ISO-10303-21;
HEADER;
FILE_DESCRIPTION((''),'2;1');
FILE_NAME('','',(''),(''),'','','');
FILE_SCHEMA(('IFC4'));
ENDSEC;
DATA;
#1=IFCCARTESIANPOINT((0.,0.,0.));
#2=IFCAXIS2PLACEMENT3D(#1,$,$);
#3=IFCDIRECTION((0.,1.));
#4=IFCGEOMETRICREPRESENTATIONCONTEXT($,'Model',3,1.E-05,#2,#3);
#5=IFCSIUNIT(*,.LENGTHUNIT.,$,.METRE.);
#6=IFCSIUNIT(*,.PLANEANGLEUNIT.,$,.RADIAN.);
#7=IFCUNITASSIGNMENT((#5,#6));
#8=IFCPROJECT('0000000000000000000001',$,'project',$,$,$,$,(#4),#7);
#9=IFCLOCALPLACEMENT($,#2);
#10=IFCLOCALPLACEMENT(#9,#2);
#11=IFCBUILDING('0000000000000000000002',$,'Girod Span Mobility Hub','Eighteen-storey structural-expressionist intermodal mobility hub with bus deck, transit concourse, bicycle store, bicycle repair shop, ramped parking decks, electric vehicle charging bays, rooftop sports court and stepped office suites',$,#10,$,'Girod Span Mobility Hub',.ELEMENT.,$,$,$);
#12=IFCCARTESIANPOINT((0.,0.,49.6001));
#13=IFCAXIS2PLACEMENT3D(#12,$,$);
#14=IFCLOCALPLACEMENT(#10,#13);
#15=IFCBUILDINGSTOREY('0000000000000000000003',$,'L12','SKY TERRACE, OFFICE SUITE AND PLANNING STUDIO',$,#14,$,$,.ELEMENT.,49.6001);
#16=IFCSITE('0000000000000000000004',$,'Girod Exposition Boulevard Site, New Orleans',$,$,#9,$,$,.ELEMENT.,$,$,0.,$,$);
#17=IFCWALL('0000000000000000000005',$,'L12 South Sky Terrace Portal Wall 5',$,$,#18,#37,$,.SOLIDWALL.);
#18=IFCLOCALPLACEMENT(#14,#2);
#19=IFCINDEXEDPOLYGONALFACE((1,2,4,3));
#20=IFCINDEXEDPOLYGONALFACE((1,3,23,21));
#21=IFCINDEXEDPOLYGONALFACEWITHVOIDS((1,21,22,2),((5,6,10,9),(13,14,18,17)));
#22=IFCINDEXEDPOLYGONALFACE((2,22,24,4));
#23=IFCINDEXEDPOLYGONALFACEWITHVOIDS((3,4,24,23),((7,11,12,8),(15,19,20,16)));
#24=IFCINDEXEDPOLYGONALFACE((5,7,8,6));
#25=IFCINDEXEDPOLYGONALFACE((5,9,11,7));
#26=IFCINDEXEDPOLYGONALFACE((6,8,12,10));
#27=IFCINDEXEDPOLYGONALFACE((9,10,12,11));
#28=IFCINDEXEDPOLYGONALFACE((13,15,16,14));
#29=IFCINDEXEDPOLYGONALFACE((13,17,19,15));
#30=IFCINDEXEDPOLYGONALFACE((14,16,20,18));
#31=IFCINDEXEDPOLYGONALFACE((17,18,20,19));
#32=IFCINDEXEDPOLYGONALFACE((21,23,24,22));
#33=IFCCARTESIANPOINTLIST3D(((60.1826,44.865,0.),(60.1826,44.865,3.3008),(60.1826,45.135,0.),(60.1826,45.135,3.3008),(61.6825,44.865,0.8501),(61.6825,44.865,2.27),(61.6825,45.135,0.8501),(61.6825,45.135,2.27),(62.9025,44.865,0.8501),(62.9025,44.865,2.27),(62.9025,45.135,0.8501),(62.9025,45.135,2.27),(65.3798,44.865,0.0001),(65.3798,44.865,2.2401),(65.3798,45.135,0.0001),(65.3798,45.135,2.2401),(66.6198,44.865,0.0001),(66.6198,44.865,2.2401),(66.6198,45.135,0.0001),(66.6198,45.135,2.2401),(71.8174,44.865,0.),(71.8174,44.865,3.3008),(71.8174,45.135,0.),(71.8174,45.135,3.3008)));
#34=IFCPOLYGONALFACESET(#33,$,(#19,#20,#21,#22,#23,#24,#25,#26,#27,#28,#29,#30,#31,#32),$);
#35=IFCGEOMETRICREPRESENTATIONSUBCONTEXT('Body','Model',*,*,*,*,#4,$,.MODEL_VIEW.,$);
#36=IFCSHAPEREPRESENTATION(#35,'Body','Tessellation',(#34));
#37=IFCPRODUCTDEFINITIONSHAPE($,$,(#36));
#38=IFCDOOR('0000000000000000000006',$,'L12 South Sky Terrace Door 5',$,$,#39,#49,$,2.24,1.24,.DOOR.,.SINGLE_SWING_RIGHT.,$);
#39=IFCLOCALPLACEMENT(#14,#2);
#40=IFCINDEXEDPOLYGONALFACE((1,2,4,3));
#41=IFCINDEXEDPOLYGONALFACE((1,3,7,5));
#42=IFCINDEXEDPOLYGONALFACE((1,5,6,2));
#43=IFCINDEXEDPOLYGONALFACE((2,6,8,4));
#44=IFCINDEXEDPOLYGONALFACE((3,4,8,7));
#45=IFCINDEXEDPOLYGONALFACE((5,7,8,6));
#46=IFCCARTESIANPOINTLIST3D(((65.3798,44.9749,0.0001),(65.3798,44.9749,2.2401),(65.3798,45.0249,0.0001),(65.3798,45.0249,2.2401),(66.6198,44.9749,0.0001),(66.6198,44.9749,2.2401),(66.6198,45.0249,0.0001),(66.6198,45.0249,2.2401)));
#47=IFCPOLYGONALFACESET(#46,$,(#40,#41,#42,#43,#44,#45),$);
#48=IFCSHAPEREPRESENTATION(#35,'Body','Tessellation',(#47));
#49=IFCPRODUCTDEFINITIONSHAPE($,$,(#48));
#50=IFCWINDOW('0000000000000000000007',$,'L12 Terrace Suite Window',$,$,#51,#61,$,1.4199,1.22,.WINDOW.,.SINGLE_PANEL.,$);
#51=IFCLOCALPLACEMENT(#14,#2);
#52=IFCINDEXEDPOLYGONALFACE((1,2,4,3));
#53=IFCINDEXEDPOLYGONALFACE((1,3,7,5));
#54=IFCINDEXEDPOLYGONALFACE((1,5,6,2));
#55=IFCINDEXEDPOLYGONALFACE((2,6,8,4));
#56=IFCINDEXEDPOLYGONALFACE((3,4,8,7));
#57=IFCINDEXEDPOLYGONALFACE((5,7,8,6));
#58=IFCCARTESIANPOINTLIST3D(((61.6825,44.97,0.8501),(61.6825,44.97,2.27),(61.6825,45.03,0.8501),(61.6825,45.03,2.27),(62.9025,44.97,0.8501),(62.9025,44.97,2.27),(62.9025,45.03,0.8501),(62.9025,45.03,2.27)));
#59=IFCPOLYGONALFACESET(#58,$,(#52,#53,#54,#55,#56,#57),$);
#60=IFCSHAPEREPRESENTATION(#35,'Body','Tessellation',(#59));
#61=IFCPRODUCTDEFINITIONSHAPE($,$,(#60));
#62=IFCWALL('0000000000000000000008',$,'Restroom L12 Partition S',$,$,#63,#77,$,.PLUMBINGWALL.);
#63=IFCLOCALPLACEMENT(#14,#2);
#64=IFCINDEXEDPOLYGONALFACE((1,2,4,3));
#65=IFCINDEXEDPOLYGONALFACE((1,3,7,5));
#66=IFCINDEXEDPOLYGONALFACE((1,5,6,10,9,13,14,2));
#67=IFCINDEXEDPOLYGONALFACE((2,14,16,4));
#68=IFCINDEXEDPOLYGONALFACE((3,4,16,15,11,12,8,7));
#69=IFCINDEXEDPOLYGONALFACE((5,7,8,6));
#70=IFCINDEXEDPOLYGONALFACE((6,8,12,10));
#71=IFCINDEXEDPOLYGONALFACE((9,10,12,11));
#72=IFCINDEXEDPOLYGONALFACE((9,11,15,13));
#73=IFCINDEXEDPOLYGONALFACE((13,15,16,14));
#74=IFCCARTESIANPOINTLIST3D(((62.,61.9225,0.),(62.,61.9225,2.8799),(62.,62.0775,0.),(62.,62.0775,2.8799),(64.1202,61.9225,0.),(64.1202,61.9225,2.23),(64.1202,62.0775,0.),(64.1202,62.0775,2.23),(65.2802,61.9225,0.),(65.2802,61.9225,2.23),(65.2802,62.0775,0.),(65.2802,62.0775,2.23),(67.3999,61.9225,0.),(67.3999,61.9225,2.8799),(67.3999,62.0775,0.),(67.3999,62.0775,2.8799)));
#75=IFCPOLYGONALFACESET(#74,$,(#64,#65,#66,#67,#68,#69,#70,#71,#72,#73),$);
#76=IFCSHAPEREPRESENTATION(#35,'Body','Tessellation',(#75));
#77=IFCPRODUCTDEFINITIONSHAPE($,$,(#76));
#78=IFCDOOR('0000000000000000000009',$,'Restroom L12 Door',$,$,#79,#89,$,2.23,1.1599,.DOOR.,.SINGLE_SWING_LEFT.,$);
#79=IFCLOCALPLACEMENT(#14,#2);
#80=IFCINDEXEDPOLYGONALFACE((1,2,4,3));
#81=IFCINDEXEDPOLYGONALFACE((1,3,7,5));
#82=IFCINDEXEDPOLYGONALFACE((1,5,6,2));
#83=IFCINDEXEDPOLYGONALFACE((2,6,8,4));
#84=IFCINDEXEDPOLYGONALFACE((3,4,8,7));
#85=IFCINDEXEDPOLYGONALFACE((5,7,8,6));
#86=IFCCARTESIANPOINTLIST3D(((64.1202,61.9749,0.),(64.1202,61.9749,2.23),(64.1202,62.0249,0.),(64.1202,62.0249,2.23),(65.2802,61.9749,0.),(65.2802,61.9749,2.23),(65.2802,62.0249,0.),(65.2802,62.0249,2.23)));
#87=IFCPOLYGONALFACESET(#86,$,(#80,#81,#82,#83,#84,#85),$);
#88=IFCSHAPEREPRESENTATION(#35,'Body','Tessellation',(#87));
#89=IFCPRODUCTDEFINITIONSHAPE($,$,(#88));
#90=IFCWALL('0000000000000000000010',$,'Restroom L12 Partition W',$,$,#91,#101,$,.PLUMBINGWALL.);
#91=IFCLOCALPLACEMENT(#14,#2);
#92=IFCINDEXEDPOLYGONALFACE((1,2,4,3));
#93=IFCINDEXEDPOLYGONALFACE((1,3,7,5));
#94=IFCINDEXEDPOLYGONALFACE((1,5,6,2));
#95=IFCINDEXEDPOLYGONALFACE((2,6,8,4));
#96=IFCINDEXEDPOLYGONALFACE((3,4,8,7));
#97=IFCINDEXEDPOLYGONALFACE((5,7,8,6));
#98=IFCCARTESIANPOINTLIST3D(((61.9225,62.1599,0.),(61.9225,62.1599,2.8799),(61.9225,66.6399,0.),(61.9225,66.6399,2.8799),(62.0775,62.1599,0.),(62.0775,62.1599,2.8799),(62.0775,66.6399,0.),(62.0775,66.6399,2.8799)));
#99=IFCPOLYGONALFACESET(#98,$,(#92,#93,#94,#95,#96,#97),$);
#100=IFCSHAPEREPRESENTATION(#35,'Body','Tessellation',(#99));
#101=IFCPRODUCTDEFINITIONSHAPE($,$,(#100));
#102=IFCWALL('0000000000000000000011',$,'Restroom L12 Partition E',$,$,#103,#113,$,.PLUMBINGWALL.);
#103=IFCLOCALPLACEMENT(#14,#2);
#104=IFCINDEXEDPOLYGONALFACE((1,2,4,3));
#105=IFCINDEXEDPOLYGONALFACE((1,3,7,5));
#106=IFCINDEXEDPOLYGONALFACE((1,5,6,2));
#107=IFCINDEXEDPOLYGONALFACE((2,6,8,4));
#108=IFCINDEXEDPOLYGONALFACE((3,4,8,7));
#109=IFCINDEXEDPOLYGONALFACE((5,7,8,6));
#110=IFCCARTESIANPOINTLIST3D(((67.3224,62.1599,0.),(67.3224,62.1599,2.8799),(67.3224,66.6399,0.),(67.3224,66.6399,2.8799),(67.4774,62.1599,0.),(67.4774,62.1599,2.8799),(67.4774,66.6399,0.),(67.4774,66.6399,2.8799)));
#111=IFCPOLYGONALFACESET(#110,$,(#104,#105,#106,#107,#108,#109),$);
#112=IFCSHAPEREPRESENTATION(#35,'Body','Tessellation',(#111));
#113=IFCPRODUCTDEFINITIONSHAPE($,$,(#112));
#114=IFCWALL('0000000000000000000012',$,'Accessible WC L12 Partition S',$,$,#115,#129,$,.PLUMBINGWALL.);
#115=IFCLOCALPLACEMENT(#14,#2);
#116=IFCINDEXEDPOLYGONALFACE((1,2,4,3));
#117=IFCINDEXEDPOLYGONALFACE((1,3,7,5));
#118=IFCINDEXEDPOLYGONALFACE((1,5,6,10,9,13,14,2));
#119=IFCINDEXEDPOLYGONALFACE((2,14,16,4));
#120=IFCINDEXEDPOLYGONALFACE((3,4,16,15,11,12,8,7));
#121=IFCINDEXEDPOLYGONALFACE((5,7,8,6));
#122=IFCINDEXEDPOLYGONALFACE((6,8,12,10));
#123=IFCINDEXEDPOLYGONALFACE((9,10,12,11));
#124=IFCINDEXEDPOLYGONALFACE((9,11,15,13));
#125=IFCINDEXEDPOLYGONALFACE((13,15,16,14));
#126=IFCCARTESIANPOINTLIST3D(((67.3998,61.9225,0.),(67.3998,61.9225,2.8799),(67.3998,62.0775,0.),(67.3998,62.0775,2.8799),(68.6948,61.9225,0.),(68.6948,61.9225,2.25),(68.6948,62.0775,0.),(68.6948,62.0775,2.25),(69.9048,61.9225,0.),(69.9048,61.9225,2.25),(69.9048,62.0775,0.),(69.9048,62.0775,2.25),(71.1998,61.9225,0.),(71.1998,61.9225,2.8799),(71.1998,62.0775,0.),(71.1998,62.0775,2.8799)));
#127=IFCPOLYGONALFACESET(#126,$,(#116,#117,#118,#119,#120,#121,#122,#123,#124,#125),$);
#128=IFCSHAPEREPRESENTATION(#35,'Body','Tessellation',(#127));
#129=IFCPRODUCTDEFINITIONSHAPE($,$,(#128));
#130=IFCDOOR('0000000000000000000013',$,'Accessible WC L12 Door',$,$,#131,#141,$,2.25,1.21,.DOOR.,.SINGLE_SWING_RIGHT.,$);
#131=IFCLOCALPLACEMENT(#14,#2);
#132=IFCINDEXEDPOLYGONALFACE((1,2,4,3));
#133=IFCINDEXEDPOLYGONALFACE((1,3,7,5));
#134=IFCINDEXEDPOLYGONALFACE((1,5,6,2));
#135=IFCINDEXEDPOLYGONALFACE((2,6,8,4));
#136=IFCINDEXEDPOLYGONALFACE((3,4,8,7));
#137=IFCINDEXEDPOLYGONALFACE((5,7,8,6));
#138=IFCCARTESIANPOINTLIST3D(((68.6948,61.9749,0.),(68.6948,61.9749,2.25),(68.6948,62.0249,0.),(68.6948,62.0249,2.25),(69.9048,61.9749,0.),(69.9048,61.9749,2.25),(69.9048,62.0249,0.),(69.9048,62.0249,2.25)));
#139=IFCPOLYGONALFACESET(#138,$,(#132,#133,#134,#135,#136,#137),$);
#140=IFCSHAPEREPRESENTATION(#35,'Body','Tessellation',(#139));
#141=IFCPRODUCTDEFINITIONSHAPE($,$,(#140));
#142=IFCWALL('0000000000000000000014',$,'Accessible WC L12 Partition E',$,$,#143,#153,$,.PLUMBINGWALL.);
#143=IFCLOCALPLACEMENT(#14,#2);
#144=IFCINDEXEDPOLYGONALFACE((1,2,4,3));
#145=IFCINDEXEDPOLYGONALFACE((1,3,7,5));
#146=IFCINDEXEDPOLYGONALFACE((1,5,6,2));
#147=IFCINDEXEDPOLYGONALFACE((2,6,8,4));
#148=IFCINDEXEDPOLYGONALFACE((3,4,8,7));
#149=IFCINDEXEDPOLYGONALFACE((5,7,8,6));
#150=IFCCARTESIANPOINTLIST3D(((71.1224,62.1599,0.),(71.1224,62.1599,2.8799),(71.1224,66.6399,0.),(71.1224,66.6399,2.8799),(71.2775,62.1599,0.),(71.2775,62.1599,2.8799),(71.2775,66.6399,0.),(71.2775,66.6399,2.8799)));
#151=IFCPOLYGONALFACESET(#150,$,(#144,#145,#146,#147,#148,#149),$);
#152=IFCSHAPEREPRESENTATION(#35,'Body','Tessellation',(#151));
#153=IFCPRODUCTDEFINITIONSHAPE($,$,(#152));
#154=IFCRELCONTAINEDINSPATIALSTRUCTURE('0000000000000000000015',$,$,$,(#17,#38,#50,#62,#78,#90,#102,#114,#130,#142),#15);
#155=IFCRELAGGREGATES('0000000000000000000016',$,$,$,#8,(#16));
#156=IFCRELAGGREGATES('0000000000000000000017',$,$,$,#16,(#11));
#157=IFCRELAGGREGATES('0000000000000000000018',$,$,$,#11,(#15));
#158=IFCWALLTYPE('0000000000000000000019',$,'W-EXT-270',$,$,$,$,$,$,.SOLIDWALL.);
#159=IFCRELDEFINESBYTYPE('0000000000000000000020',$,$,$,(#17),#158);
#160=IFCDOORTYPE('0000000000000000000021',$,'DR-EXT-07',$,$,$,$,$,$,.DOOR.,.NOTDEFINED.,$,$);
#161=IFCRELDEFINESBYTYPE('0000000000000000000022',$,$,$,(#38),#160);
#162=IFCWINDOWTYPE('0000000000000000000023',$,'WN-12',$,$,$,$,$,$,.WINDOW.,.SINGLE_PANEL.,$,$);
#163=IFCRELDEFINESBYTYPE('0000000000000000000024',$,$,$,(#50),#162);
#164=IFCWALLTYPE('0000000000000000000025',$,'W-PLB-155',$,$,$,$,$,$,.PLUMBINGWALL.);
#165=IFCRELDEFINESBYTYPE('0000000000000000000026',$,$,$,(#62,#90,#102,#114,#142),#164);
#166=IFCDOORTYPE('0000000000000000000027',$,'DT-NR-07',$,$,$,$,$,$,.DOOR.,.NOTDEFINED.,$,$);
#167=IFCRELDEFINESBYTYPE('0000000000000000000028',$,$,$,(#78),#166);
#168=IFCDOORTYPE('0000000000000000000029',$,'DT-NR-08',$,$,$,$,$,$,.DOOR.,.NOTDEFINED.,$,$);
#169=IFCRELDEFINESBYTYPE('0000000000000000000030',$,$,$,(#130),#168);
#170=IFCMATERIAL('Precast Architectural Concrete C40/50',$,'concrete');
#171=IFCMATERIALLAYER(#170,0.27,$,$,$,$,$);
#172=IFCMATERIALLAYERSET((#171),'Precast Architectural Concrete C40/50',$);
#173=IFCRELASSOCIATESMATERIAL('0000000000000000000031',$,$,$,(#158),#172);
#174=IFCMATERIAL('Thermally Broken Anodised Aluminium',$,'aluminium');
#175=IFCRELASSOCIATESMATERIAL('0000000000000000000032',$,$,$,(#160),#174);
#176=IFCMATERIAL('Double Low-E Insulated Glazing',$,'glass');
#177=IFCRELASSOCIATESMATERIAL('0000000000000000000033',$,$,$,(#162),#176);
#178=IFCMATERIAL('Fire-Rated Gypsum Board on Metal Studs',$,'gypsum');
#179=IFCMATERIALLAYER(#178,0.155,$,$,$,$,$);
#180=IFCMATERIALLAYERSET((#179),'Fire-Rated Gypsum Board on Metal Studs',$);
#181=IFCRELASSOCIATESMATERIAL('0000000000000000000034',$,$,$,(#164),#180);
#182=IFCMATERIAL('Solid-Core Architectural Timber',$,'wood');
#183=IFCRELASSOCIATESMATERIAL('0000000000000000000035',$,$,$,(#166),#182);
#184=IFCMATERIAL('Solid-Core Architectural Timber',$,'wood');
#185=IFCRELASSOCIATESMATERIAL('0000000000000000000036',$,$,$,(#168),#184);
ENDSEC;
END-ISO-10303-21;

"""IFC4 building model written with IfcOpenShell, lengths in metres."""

from ifc_helpers import new_model, si_unit, direction, frame, frame_2d, origin, place, context, subcontext, project, spatial, rectangle, extrude, material, layer, layer_set, type_object, element, fill, save


model = new_model("IFC4")

# Units and contexts
model_context = context("Model", 3, precision=1e-05, world=origin(), true_north=direction((0.0, 1.0)))
body_context = subcontext(model_context, "Body", "Model", "MODEL_VIEW")
ifc_project = project(units=[si_unit("LENGTHUNIT", "METRE"), si_unit("PLANEANGLEUNIT", "RADIAN")], contexts=[model_context])

# Site, building, storey
site_placement = place(None, origin())
site = spatial("IfcSite", under=ifc_project, at=site_placement, Name="Girod Exposition Boulevard Site, New Orleans", CompositionType="ELEMENT", RefElevation=0.0)
building_placement = place(site_placement, origin())
building = spatial("IfcBuilding", under=site, at=building_placement, Name="Girod Span Mobility Hub", Description="Eighteen-storey structural-expressionist intermodal mobility hub with bus deck, transit concourse, bicycle store, bicycle repair shop, ramped parking decks, electric vehicle charging bays, rooftop sports court and stepped office suites", LongName="Girod Span Mobility Hub", CompositionType="ELEMENT")
storey_placement = place(building_placement, frame((0.0, 0.0, 49.6001)))
storey = spatial("IfcBuildingStorey", under=building, at=storey_placement, Name="L12", Description="SKY TERRACE, OFFICE SUITE AND PLANNING STUDIO", CompositionType="ELEMENT", Elevation=49.6001)

# Wall, openings, door, window
ifc_material_1 = material(Name="Precast Architectural Concrete C40/50", Category="concrete")
ifc_layer_1 = layer(ifc_material_1, 0.27)
ifc_layer_set_1 = layer_set([ifc_layer_1], Name="Precast Architectural Concrete C40/50")
wall_type_1 = type_object("IfcWallType", Name="W-EXT-270", PredefinedType="SOLIDWALL", material=ifc_layer_set_1)
wall_1_placement = place(storey_placement, frame((60.1826, 45.0, 0.0), z_axis=(0.0, 0.0, 1.0), x_axis=(1.0, 0.0, 0.0)))
wall_1 = element("IfcWall", 1, at=wall_1_placement, inside=storey, type_object=wall_type_1, Name="L12 South Sky Terrace Portal Wall 5", PredefinedType="SOLIDWALL", context=body_context, shape_type="SweptSolid", body=[
    extrude(rectangle(XDim=11.6348, YDim=0.27, at=frame_2d((5.8174, 0.0))), origin(), (0.0, 0.0, 1.0), 3.3008),
])
opening_1_placement = place(wall_1_placement, frame((5.197, 0.0, 0.0)))
opening_1 = element("IfcOpeningElement", 2, at=opening_1_placement, cuts=wall_1, PredefinedType="OPENING", context=body_context, shape_type="SweptSolid", body=[
    extrude(rectangle(XDim=1.24, YDim=2.24, at=frame_2d((0.6201, 1.1201))), frame((0.0, 0.1499, 0.0), z_axis=(0.0, -1.0, 0.0), x_axis=(1.0, 0.0, 0.0)), (0.0, 0.0, 1.0), 0.3),
])
opening_2_placement = place(wall_1_placement, frame((1.5, 0.0, 0.8501)))
opening_2 = element("IfcOpeningElement", 3, at=opening_2_placement, cuts=wall_1, PredefinedType="OPENING", context=body_context, shape_type="SweptSolid", body=[
    extrude(rectangle(XDim=1.22, YDim=1.4199, at=frame_2d((0.6099, 0.71))), frame((0.0, 0.1499, 0.0), z_axis=(0.0, -1.0, 0.0), x_axis=(1.0, 0.0, 0.0)), (0.0, 0.0, 1.0), 0.3),
])
ifc_material_2 = material(Name="Thermally Broken Anodised Aluminium", Category="aluminium")
door_type_1 = type_object("IfcDoorType", Name="DR-EXT-07", OperationType="NOTDEFINED", PredefinedType="DOOR", material=ifc_material_2)
door_1_placement = place(opening_1_placement, origin())
door_1 = element("IfcDoor", 4, at=door_1_placement, inside=storey, type_object=door_type_1, Name="L12 South Sky Terrace Door 5", OperationType="SINGLE_SWING_RIGHT", OverallHeight=2.24, OverallWidth=1.24, PredefinedType="DOOR", context=body_context, shape_type="SweptSolid", body=[
    extrude(rectangle(XDim=1.24, YDim=2.24, at=frame_2d((0.6201, 1.1201))), frame((0.0, 0.0249, 0.0), z_axis=(0.0, -1.0, 0.0), x_axis=(1.0, 0.0, 0.0)), (0.0, 0.0, 1.0), 0.05),
])
fill(opening_1, door_1)
ifc_material_3 = material(Name="Double Low-E Insulated Glazing", Category="glass")
window_type = type_object("IfcWindowType", Name="WN-12", PartitioningType="SINGLE_PANEL", PredefinedType="WINDOW", material=ifc_material_3)
window_placement = place(opening_2_placement, origin())
window = element("IfcWindow", 5, at=window_placement, inside=storey, type_object=window_type, Name="L12 Terrace Suite Window", OverallHeight=1.4199, OverallWidth=1.22, PartitioningType="SINGLE_PANEL", PredefinedType="WINDOW", context=body_context, shape_type="SweptSolid", body=[
    extrude(rectangle(XDim=1.22, YDim=1.4199, at=frame_2d((0.6099, 0.71))), frame((0.0, 0.03, 0.0), z_axis=(0.0, -1.0, 0.0), x_axis=(1.0, 0.0, 0.0)), (0.0, 0.0, 1.0), 0.0601),
])
fill(opening_2, window)

# Wall, opening, door
ifc_material_4 = material(Name="Fire-Rated Gypsum Board on Metal Studs", Category="gypsum")
ifc_layer_2 = layer(ifc_material_4, 0.155)
ifc_layer_set_2 = layer_set([ifc_layer_2], Name="Fire-Rated Gypsum Board on Metal Studs")
wall_type_2 = type_object("IfcWallType", Name="W-PLB-155", PredefinedType="PLUMBINGWALL", material=ifc_layer_set_2)
wall_2_placement = place(storey_placement, frame((62.0, 62.0, 0.0), z_axis=(0.0, 0.0, 1.0), x_axis=(1.0, 0.0, 0.0)))
wall_2 = element("IfcWall", 6, at=wall_2_placement, inside=storey, type_object=wall_type_2, Name="Restroom L12 Partition S", PredefinedType="PLUMBINGWALL", context=body_context, shape_type="SweptSolid", body=[
    extrude(rectangle(XDim=5.3999, YDim=0.155, at=frame_2d((2.7, 0.0))), origin(), (0.0, 0.0, 1.0), 2.8799),
])
opening_3_placement = place(wall_2_placement, frame((2.1201, 0.0, 0.0)))
opening_3 = element("IfcOpeningElement", 7, at=opening_3_placement, cuts=wall_2, PredefinedType="OPENING", context=body_context, shape_type="SweptSolid", body=[
    extrude(rectangle(XDim=1.1599, YDim=2.23, at=frame_2d((0.5801, 1.115))), frame((0.0, 0.0925, 0.0), z_axis=(0.0, -1.0, 0.0), x_axis=(1.0, 0.0, 0.0)), (0.0, 0.0, 1.0), 0.1851),
])
ifc_material_5 = material(Name="Solid-Core Architectural Timber", Category="wood")
door_type_2 = type_object("IfcDoorType", Name="DT-NR-07", OperationType="NOTDEFINED", PredefinedType="DOOR", material=ifc_material_5)
door_2_placement = place(opening_3_placement, origin())
door_2 = element("IfcDoor", 8, at=door_2_placement, inside=storey, type_object=door_type_2, Name="Restroom L12 Door", OperationType="SINGLE_SWING_LEFT", OverallHeight=2.23, OverallWidth=1.1599, PredefinedType="DOOR", context=body_context, shape_type="SweptSolid", body=[
    extrude(rectangle(XDim=1.1599, YDim=2.23, at=frame_2d((0.5801, 1.115))), frame((0.0, 0.0249, 0.0), z_axis=(0.0, -1.0, 0.0), x_axis=(1.0, 0.0, 0.0)), (0.0, 0.0, 1.0), 0.05),
])
fill(opening_3, door_2)

# Walls
for number, where, z_axis, x_axis, name in (
    (9, (62.0, 62.1599, 0.0), (0.0, 0.0, 1.0), (0.0, 1.0, 0.0), "Restroom L12 Partition W"),
    (10, (67.3999, 62.1599, 0.0), (0.0, 0.0, 1.0), (0.0, 1.0, 0.0), "Restroom L12 Partition E"),
):
    element("IfcWall", number, at=place(storey_placement, frame(where, z_axis=z_axis, x_axis=x_axis)), inside=storey, type_object=wall_type_2, Name=name, PredefinedType="PLUMBINGWALL", context=body_context, shape_type="SweptSolid", body=[
        extrude(rectangle(XDim=4.48, YDim=0.155, at=frame_2d((2.24, 0.0))), origin(), (0.0, 0.0, 1.0), 2.8799),
    ])

# Wall, opening, door
wall_3_placement = place(storey_placement, frame((67.3999, 62.0, 0.0), z_axis=(0.0, 0.0, 1.0), x_axis=(1.0, 0.0, 0.0)))
wall_3 = element("IfcWall", 11, at=wall_3_placement, inside=storey, type_object=wall_type_2, Name="Accessible WC L12 Partition S", PredefinedType="PLUMBINGWALL", context=body_context, shape_type="SweptSolid", body=[
    extrude(rectangle(XDim=3.8, YDim=0.155, at=frame_2d((1.8999, 0.0))), origin(), (0.0, 0.0, 1.0), 2.8799),
])
opening_4_placement = place(wall_3_placement, frame((1.2949, 0.0, 0.0)))
opening_4 = element("IfcOpeningElement", 12, at=opening_4_placement, cuts=wall_3, PredefinedType="OPENING", context=body_context, shape_type="SweptSolid", body=[
    extrude(rectangle(XDim=1.21, YDim=2.25, at=frame_2d((0.605, 1.125))), frame((0.0, 0.0925, 0.0), z_axis=(0.0, -1.0, 0.0), x_axis=(1.0, 0.0, 0.0)), (0.0, 0.0, 1.0), 0.1851),
])
ifc_material_6 = material(Name="Solid-Core Architectural Timber", Category="wood")
door_type_3 = type_object("IfcDoorType", Name="DT-NR-08", OperationType="NOTDEFINED", PredefinedType="DOOR", material=ifc_material_6)
door_3_placement = place(opening_4_placement, origin())
door_3 = element("IfcDoor", 13, at=door_3_placement, inside=storey, type_object=door_type_3, Name="Accessible WC L12 Door", OperationType="SINGLE_SWING_RIGHT", OverallHeight=2.25, OverallWidth=1.21, PredefinedType="DOOR", context=body_context, shape_type="SweptSolid", body=[
    extrude(rectangle(XDim=1.21, YDim=2.25, at=frame_2d((0.605, 1.125))), frame((0.0, 0.0249, 0.0), z_axis=(0.0, -1.0, 0.0), x_axis=(1.0, 0.0, 0.0)), (0.0, 0.0, 1.0), 0.05),
])
fill(opening_4, door_3)

# Wall
wall_4_placement = place(storey_placement, frame((71.2, 62.1599, 0.0), z_axis=(0.0, 0.0, 1.0), x_axis=(0.0, 1.0, 0.0)))
element("IfcWall", 14, at=wall_4_placement, inside=storey, type_object=wall_type_2, Name="Accessible WC L12 Partition E", PredefinedType="PLUMBINGWALL", context=body_context, shape_type="SweptSolid", body=[
    extrude(rectangle(XDim=4.48, YDim=0.155, at=frame_2d((2.24, 0.0))), origin(), (0.0, 0.0, 1.0), 2.8799),
])

save(model, "model.ifc")
